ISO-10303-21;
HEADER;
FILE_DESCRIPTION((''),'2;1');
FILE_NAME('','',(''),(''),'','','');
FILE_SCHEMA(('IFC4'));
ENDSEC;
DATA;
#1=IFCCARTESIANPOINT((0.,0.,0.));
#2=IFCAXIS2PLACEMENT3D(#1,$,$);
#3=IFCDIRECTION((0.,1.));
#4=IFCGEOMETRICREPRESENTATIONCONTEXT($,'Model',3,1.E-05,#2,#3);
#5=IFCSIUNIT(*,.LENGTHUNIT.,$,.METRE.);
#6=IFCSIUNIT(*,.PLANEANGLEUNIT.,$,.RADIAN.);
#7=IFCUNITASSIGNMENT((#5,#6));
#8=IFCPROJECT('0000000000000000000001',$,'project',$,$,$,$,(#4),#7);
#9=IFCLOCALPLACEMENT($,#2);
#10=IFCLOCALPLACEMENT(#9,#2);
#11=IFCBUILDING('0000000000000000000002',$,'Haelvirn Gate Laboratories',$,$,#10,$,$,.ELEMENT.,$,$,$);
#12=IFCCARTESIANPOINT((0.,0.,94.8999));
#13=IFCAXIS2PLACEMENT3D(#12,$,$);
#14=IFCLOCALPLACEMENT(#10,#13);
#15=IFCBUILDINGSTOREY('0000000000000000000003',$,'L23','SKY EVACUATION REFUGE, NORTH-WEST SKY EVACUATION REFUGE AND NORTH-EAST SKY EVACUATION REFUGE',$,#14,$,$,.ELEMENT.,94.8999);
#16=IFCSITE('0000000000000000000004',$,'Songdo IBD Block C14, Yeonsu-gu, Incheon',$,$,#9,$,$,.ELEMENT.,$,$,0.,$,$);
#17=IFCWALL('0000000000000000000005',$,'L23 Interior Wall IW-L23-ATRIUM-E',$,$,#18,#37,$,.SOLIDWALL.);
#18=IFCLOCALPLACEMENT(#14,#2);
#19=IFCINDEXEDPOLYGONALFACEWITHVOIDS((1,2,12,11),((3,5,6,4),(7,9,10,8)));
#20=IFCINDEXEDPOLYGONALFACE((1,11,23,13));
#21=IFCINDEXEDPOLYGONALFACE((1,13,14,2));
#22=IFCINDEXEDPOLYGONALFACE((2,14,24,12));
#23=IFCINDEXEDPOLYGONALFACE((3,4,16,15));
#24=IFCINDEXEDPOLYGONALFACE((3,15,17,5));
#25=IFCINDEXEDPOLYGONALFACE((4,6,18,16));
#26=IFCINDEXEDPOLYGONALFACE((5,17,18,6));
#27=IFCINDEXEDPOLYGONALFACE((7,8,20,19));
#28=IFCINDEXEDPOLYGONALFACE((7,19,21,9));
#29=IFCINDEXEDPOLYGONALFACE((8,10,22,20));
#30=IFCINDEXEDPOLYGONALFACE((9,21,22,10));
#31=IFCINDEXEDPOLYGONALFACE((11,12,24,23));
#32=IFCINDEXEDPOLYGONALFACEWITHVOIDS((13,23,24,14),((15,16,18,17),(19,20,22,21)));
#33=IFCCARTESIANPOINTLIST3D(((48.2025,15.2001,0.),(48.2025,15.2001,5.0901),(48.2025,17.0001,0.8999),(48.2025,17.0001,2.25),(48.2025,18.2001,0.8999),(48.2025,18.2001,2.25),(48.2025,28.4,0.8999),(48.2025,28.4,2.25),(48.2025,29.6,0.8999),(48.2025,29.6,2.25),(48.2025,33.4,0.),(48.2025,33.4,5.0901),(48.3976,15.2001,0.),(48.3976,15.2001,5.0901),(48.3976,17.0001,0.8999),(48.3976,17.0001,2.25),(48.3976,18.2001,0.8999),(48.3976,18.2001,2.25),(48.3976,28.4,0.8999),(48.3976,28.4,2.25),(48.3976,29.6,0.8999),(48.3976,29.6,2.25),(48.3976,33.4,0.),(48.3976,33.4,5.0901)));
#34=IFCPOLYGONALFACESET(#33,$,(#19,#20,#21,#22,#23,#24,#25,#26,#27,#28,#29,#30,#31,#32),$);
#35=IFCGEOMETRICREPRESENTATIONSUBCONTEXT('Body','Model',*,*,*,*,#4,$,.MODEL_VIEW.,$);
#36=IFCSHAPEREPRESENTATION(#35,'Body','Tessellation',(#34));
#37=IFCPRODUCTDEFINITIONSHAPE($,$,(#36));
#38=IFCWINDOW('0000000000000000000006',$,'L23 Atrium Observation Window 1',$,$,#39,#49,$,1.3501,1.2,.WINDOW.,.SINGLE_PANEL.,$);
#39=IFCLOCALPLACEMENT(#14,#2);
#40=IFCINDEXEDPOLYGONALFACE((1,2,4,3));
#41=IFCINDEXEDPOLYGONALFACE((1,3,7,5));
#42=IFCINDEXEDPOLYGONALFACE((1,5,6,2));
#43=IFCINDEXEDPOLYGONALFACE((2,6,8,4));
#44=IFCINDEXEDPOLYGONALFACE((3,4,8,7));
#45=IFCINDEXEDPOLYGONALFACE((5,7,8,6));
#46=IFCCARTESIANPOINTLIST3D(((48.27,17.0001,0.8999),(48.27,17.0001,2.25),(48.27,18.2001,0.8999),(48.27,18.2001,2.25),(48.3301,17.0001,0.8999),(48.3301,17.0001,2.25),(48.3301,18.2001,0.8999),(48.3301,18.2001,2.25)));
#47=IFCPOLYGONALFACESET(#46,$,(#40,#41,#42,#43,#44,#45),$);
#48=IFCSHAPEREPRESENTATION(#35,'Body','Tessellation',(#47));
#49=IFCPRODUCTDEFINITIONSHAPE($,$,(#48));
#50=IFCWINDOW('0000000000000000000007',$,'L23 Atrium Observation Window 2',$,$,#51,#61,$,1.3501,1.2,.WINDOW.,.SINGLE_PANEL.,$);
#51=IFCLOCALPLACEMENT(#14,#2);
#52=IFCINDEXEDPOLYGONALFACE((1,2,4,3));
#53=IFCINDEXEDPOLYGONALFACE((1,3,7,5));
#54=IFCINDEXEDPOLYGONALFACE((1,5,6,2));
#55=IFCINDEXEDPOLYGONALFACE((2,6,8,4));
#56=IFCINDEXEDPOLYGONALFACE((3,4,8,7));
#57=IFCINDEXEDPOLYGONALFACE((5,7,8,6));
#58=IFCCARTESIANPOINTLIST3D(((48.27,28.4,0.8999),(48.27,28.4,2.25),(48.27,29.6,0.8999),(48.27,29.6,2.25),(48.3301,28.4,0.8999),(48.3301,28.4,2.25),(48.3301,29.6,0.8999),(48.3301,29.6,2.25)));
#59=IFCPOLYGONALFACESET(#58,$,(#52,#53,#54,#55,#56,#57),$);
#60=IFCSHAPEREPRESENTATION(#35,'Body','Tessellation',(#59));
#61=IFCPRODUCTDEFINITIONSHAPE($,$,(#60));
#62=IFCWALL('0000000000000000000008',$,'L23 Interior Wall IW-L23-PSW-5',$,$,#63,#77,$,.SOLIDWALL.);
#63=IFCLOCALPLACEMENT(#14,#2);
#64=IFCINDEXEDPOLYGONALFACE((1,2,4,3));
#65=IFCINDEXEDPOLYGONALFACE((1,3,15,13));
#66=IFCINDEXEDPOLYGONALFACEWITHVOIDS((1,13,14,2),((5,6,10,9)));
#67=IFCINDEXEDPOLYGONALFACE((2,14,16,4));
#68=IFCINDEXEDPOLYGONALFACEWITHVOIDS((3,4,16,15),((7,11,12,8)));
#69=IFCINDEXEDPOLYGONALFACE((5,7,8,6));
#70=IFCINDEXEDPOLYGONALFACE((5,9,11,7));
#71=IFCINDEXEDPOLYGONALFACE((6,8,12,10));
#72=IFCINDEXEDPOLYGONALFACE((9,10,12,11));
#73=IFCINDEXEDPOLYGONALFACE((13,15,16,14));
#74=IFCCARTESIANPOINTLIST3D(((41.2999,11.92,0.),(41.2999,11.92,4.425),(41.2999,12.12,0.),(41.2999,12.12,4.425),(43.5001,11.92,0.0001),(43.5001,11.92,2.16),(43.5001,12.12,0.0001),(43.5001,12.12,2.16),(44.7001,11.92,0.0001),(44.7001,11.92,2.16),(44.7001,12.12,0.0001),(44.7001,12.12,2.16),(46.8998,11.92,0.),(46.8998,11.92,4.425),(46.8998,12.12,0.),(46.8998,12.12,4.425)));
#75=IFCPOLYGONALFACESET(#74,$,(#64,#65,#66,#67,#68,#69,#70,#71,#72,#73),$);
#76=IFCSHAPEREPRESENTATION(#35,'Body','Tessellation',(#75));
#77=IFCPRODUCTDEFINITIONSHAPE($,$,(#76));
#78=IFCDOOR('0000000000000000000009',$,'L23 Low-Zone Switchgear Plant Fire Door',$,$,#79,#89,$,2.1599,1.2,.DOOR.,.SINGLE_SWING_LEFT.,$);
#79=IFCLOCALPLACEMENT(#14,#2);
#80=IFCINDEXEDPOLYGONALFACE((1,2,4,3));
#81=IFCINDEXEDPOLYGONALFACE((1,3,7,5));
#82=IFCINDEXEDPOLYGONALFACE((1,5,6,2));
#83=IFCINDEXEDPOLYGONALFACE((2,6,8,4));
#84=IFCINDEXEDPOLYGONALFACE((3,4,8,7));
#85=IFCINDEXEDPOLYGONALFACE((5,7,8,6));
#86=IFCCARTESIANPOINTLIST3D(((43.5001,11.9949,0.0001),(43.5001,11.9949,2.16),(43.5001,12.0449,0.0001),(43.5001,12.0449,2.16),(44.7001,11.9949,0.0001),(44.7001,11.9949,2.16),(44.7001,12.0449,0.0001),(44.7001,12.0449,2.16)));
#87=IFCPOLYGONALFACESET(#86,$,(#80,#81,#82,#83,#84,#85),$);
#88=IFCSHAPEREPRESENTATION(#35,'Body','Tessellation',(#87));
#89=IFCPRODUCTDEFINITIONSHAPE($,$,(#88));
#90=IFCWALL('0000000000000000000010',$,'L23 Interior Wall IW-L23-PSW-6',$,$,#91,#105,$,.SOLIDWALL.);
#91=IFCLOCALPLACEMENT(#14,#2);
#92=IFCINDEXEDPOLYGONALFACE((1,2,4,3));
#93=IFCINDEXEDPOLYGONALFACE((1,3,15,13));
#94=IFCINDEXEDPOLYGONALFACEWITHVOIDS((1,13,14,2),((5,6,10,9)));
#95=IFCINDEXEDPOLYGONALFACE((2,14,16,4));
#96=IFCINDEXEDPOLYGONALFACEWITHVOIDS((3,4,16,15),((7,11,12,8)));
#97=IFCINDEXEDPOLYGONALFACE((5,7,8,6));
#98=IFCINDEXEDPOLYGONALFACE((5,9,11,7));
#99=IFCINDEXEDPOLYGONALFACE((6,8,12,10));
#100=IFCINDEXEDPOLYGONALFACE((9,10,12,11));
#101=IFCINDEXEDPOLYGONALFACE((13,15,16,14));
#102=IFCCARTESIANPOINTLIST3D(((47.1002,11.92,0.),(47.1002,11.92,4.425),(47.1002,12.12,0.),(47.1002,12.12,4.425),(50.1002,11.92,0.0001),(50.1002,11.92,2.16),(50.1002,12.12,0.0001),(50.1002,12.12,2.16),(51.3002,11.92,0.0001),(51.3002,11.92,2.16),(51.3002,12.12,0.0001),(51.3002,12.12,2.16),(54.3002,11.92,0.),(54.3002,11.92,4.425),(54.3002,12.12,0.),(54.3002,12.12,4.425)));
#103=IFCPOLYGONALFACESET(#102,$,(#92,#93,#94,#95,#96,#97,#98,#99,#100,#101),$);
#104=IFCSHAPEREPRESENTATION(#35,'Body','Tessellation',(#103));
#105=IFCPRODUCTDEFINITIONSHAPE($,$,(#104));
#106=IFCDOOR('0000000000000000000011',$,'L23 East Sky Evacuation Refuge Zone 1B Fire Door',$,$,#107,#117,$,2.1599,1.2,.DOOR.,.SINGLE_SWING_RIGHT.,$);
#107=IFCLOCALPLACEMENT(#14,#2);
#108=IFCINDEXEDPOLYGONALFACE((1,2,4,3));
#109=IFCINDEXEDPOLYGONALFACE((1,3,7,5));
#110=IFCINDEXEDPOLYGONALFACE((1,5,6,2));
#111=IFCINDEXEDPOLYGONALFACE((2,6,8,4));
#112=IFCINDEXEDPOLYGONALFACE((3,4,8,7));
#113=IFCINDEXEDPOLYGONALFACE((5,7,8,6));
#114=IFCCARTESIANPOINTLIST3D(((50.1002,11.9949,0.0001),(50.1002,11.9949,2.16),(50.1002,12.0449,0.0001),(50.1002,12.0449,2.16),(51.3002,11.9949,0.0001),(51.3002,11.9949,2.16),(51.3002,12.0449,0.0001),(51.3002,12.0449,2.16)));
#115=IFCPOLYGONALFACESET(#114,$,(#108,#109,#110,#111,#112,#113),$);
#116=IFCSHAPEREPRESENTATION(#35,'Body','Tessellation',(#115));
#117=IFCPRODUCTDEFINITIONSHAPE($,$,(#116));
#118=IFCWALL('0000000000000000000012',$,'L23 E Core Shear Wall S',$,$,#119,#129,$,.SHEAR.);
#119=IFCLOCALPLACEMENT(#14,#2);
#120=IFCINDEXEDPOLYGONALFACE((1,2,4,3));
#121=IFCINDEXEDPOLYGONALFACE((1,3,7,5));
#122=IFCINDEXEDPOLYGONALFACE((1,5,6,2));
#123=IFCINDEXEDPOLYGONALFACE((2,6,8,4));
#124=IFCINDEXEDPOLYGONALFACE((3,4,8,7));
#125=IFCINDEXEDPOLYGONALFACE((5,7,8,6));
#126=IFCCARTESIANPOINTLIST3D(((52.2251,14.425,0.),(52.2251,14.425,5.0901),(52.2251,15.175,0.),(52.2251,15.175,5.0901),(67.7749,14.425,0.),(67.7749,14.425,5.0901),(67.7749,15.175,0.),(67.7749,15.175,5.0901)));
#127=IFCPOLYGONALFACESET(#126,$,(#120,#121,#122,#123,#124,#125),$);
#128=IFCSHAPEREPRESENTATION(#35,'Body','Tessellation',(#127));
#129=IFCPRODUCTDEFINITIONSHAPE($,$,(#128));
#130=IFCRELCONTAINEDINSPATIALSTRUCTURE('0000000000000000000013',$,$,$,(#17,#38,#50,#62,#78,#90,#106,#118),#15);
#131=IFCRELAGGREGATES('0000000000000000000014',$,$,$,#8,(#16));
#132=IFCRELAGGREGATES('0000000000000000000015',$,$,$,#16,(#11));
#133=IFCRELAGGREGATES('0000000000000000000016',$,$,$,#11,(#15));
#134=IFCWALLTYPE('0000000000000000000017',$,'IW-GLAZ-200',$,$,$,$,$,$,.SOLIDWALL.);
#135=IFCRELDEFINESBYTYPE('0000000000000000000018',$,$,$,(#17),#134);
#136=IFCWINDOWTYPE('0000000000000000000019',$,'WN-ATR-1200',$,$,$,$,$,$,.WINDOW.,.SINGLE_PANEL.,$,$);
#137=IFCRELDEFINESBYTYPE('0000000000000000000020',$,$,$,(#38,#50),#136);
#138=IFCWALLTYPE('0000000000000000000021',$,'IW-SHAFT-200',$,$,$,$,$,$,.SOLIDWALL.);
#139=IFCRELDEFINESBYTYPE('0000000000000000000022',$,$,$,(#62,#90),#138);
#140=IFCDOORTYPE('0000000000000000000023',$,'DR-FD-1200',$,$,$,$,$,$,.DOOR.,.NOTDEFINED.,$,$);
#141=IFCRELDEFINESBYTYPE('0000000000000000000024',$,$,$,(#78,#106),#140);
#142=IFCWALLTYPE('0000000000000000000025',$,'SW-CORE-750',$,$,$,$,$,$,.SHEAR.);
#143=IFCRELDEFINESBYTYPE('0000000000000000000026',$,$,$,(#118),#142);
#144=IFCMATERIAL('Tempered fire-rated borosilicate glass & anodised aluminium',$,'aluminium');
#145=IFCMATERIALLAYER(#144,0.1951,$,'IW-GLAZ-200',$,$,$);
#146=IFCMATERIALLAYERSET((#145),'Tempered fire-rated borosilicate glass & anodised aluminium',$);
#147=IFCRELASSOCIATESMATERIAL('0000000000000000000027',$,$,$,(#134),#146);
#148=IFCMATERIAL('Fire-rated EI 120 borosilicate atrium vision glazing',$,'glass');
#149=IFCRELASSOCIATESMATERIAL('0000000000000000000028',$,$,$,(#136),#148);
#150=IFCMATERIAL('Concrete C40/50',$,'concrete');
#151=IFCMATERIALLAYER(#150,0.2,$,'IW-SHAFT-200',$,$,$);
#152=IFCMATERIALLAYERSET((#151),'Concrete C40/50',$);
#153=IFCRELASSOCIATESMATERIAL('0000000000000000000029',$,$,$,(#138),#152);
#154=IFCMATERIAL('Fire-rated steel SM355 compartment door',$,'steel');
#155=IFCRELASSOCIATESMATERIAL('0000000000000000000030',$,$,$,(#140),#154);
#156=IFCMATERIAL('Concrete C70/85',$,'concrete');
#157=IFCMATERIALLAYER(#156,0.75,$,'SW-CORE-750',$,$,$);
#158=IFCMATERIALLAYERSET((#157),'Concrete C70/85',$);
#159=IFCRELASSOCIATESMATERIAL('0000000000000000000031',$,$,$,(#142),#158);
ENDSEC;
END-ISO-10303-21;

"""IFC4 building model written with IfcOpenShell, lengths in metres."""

from ifc_helpers import new_model, si_unit, direction, frame, frame_2d, origin, place, context, subcontext, project, spatial, rectangle, extrude, source, transform, mapped, material, layer, layer_set, type_object, type_shapes, element, fill, save


model = new_model("IFC4")

# Units and contexts
model_context = context("Model", 3, precision=1e-05, world=origin(), true_north=direction((0.0, 1.0)))
body_context = subcontext(model_context, "Body", "Model", "MODEL_VIEW")
ifc_project = project(units=[si_unit("LENGTHUNIT", "METRE"), si_unit("PLANEANGLEUNIT", "RADIAN")], contexts=[model_context])

# Site, building, storey
site_placement = place(None, origin())
site = spatial("IfcSite", under=ifc_project, at=site_placement, Name="Songdo IBD Block C14, Yeonsu-gu, Incheon", CompositionType="ELEMENT", RefElevation=0.0)
building_placement = place(site_placement, origin())
building = spatial("IfcBuilding", under=site, at=building_placement, Name="Haelvirn Gate Laboratories", CompositionType="ELEMENT")
storey_placement = place(building_placement, frame((0.0, 0.0, 94.8999)))
storey = spatial("IfcBuildingStorey", under=building, at=storey_placement, Name="L23", Description="SKY EVACUATION REFUGE, NORTH-WEST SKY EVACUATION REFUGE AND NORTH-EAST SKY EVACUATION REFUGE", CompositionType="ELEMENT", Elevation=94.8999)

# Shared definitions
ifc_material_1 = material(Name="Concrete C70/85", Category="concrete")

# Wall, openings, windows
ifc_material_2 = material(Name="Tempered fire-rated borosilicate glass & anodised aluminium", Category="aluminium")
ifc_layer_1 = layer(ifc_material_2, 0.1951, Name="IW-GLAZ-200")
ifc_layer_set_1 = layer_set([ifc_layer_1], Name="Tempered fire-rated borosilicate glass & anodised aluminium")
wall_type_1 = type_object("IfcWallType", Name="IW-GLAZ-200", PredefinedType="SOLIDWALL", material=ifc_layer_set_1)
wall_1_placement = place(storey_placement, frame((48.3, 15.2, 0.0), z_axis=(0.0, 0.0, 1.0), x_axis=(0.0, 1.0, 0.0)))
wall_1 = element("IfcWall", 1, at=wall_1_placement, inside=storey, type_object=wall_type_1, Name="L23 Interior Wall IW-L23-ATRIUM-E", PredefinedType="SOLIDWALL", context=body_context, shape_type="SweptSolid", body=[
    extrude(rectangle(XDim=18.2, YDim=0.1951, at=frame_2d((9.1001, 0.0))), origin(), (0.0, 0.0, 1.0), 5.0901),
])
opening_1_placement = place(wall_1_placement, frame((1.8, 0.0, 0.8999)))
opening_1 = element("IfcOpeningElement", 2, at=opening_1_placement, cuts=wall_1, PredefinedType="OPENING", context=body_context, shape_type="SweptSolid", body=[
    extrude(rectangle(XDim=1.2, YDim=1.3501, at=frame_2d((0.6001, 0.675))), frame((0.0, 0.1074, 0.0), z_axis=(0.0, -1.0, 0.0), x_axis=(1.0, 0.0, 0.0)), (0.0, 0.0, 1.0), 0.2151),
])
opening_2_placement = place(wall_1_placement, frame((13.2, 0.0, 0.8999)))
opening_2 = element("IfcOpeningElement", 3, at=opening_2_placement, cuts=wall_1, PredefinedType="OPENING", context=body_context, shape_type="SweptSolid", body=[
    extrude(rectangle(XDim=1.2, YDim=1.3501, at=frame_2d((0.6001, 0.675))), frame((0.0, 0.1074, 0.0), z_axis=(0.0, -1.0, 0.0), x_axis=(1.0, 0.0, 0.0)), (0.0, 0.0, 1.0), 0.2151),
])
ifc_material_3 = material(Name="Fire-rated EI 120 borosilicate atrium vision glazing", Category="glass")
window_type = type_object("IfcWindowType", Name="WN-ATR-1200", PartitioningType="SINGLE_PANEL", PredefinedType="WINDOW", material=ifc_material_3)
shared_shape_1 = source(origin(), body_context, "Body", "SweptSolid", [
    extrude(rectangle(XDim=1.2, YDim=1.3501, at=frame_2d((0.6001, 0.675))), frame((0.0, 0.03, 0.0), z_axis=(0.0, -1.0, 0.0), x_axis=(1.0, 0.0, 0.0)), (0.0, 0.0, 1.0), 0.0601),
])
type_shapes(window_type, [shared_shape_1])
window_1_placement = place(opening_1_placement, origin())
window_1 = element("IfcWindow", 4, at=window_1_placement, inside=storey, type_object=window_type, Name="L23 Atrium Observation Window 1", OverallHeight=1.3501, OverallWidth=1.2, PartitioningType="SINGLE_PANEL", PredefinedType="WINDOW", context=body_context, shape_type="MappedRepresentation", body=[
    mapped(shared_shape_1, transform((0.0, 0.0, 0.0), scale=1.0)),
])
fill(opening_1, window_1)
window_2_placement = place(opening_2_placement, origin())
window_2 = element("IfcWindow", 5, at=window_2_placement, inside=storey, type_object=window_type, Name="L23 Atrium Observation Window 2", OverallHeight=1.3501, OverallWidth=1.2, PartitioningType="SINGLE_PANEL", PredefinedType="WINDOW", context=body_context, shape_type="MappedRepresentation", body=[
    mapped(shared_shape_1, transform((0.0, 0.0, 0.0), scale=1.0)),
])
fill(opening_2, window_2)

# Walls, openings, doors
ifc_material_4 = material(Name="Concrete C40/50", Category="concrete")
ifc_layer_2 = layer(ifc_material_4, 0.2, Name="IW-SHAFT-200")
ifc_layer_set_2 = layer_set([ifc_layer_2], Name="Concrete C40/50")
wall_type_2 = type_object("IfcWallType", Name="IW-SHAFT-200", PredefinedType="SOLIDWALL", material=ifc_layer_set_2)
wall_2_placement = place(storey_placement, frame((41.3, 12.02, 0.0), z_axis=(0.0, 0.0, 1.0), x_axis=(1.0, 0.0, 0.0)))
wall_2 = element("IfcWall", 6, at=wall_2_placement, inside=storey, type_object=wall_type_2, Name="L23 Interior Wall IW-L23-PSW-5", PredefinedType="SOLIDWALL", context=body_context, shape_type="SweptSolid", body=[
    extrude(rectangle(XDim=5.5999, YDim=0.2, at=frame_2d((2.7998, 0.0))), origin(), (0.0, 0.0, 1.0), 4.425),
])
opening_3_placement = place(wall_2_placement, frame((2.2, 0.0, 0.0)))
opening_3 = element("IfcOpeningElement", 7, at=opening_3_placement, cuts=wall_2, PredefinedType="OPENING", context=body_context, shape_type="SweptSolid", body=[
    extrude(rectangle(XDim=1.2, YDim=2.1599, at=frame_2d((0.6001, 1.0801))), frame((0.0, 0.1099, 0.0), z_axis=(0.0, -1.0, 0.0), x_axis=(1.0, 0.0, 0.0)), (0.0, 0.0, 1.0), 0.22),
])
ifc_material_5 = material(Name="Fire-rated steel SM355 compartment door", Category="steel")
door_type = type_object("IfcDoorType", Name="DR-FD-1200", OperationType="NOTDEFINED", PredefinedType="DOOR", material=ifc_material_5)
shared_shape_2 = source(origin(), body_context, "Body", "SweptSolid", [
    extrude(rectangle(XDim=1.2, YDim=2.1599, at=frame_2d((0.6001, 1.0801))), frame((0.0, 0.0249, 0.0), z_axis=(0.0, -1.0, 0.0), x_axis=(1.0, 0.0, 0.0)), (0.0, 0.0, 1.0), 0.05),
])
type_shapes(door_type, [shared_shape_2])
door_1_placement = place(opening_3_placement, origin())
door_1 = element("IfcDoor", 8, at=door_1_placement, inside=storey, type_object=door_type, Name="L23 Low-Zone Switchgear Plant Fire Door", OperationType="SINGLE_SWING_LEFT", OverallHeight=2.1599, OverallWidth=1.2, PredefinedType="DOOR", context=body_context, shape_type="MappedRepresentation", body=[
    mapped(shared_shape_2, transform((0.0, 0.0, 0.0), scale=1.0)),
])
fill(opening_3, door_1)
wall_3_placement = place(storey_placement, frame((47.1001, 12.02, 0.0), z_axis=(0.0, 0.0, 1.0), x_axis=(1.0, 0.0, 0.0)))
wall_3 = element("IfcWall", 9, at=wall_3_placement, inside=storey, type_object=wall_type_2, Name="L23 Interior Wall IW-L23-PSW-6", PredefinedType="SOLIDWALL", context=body_context, shape_type="SweptSolid", body=[
    extrude(rectangle(XDim=7.2, YDim=0.2, at=frame_2d((3.6001, 0.0))), origin(), (0.0, 0.0, 1.0), 4.425),
])
opening_4_placement = place(wall_3_placement, frame((3.0, 0.0, 0.0)))
opening_4 = element("IfcOpeningElement", 10, at=opening_4_placement, cuts=wall_3, PredefinedType="OPENING", context=body_context, shape_type="SweptSolid", body=[
    extrude(rectangle(XDim=1.2, YDim=2.1599, at=frame_2d((0.6001, 1.0801))), frame((0.0, 0.1099, 0.0), z_axis=(0.0, -1.0, 0.0), x_axis=(1.0, 0.0, 0.0)), (0.0, 0.0, 1.0), 0.22),
])
door_2_placement = place(opening_4_placement, origin())
door_2 = element("IfcDoor", 11, at=door_2_placement, inside=storey, type_object=door_type, Name="L23 East Sky Evacuation Refuge Zone 1B Fire Door", OperationType="SINGLE_SWING_RIGHT", OverallHeight=2.1599, OverallWidth=1.2, PredefinedType="DOOR", context=body_context, shape_type="MappedRepresentation", body=[
    mapped(shared_shape_2, transform((0.0, 0.0, 0.0), scale=1.0)),
])
fill(opening_4, door_2)

# Wall
ifc_layer_3 = layer(ifc_material_1, 0.75, Name="SW-CORE-750")
ifc_layer_set_3 = layer_set([ifc_layer_3], Name="Concrete C70/85")
wall_type_3 = type_object("IfcWallType", Name="SW-CORE-750", PredefinedType="SHEAR", material=ifc_layer_set_3)
wall_4_placement = place(storey_placement, frame((52.2251, 14.8, 0.0), z_axis=(0.0, 0.0, 1.0), x_axis=(1.0, 0.0, 0.0)))
element("IfcWall", 12, at=wall_4_placement, inside=storey, type_object=wall_type_3, Name="L23 E Core Shear Wall S", PredefinedType="SHEAR", context=body_context, shape_type="SweptSolid", body=[
    extrude(rectangle(XDim=15.5498, YDim=0.75, at=frame_2d((7.7749, 0.0))), origin(), (0.0, 0.0, 1.0), 5.0901),
])

save(model, "model.ifc")
